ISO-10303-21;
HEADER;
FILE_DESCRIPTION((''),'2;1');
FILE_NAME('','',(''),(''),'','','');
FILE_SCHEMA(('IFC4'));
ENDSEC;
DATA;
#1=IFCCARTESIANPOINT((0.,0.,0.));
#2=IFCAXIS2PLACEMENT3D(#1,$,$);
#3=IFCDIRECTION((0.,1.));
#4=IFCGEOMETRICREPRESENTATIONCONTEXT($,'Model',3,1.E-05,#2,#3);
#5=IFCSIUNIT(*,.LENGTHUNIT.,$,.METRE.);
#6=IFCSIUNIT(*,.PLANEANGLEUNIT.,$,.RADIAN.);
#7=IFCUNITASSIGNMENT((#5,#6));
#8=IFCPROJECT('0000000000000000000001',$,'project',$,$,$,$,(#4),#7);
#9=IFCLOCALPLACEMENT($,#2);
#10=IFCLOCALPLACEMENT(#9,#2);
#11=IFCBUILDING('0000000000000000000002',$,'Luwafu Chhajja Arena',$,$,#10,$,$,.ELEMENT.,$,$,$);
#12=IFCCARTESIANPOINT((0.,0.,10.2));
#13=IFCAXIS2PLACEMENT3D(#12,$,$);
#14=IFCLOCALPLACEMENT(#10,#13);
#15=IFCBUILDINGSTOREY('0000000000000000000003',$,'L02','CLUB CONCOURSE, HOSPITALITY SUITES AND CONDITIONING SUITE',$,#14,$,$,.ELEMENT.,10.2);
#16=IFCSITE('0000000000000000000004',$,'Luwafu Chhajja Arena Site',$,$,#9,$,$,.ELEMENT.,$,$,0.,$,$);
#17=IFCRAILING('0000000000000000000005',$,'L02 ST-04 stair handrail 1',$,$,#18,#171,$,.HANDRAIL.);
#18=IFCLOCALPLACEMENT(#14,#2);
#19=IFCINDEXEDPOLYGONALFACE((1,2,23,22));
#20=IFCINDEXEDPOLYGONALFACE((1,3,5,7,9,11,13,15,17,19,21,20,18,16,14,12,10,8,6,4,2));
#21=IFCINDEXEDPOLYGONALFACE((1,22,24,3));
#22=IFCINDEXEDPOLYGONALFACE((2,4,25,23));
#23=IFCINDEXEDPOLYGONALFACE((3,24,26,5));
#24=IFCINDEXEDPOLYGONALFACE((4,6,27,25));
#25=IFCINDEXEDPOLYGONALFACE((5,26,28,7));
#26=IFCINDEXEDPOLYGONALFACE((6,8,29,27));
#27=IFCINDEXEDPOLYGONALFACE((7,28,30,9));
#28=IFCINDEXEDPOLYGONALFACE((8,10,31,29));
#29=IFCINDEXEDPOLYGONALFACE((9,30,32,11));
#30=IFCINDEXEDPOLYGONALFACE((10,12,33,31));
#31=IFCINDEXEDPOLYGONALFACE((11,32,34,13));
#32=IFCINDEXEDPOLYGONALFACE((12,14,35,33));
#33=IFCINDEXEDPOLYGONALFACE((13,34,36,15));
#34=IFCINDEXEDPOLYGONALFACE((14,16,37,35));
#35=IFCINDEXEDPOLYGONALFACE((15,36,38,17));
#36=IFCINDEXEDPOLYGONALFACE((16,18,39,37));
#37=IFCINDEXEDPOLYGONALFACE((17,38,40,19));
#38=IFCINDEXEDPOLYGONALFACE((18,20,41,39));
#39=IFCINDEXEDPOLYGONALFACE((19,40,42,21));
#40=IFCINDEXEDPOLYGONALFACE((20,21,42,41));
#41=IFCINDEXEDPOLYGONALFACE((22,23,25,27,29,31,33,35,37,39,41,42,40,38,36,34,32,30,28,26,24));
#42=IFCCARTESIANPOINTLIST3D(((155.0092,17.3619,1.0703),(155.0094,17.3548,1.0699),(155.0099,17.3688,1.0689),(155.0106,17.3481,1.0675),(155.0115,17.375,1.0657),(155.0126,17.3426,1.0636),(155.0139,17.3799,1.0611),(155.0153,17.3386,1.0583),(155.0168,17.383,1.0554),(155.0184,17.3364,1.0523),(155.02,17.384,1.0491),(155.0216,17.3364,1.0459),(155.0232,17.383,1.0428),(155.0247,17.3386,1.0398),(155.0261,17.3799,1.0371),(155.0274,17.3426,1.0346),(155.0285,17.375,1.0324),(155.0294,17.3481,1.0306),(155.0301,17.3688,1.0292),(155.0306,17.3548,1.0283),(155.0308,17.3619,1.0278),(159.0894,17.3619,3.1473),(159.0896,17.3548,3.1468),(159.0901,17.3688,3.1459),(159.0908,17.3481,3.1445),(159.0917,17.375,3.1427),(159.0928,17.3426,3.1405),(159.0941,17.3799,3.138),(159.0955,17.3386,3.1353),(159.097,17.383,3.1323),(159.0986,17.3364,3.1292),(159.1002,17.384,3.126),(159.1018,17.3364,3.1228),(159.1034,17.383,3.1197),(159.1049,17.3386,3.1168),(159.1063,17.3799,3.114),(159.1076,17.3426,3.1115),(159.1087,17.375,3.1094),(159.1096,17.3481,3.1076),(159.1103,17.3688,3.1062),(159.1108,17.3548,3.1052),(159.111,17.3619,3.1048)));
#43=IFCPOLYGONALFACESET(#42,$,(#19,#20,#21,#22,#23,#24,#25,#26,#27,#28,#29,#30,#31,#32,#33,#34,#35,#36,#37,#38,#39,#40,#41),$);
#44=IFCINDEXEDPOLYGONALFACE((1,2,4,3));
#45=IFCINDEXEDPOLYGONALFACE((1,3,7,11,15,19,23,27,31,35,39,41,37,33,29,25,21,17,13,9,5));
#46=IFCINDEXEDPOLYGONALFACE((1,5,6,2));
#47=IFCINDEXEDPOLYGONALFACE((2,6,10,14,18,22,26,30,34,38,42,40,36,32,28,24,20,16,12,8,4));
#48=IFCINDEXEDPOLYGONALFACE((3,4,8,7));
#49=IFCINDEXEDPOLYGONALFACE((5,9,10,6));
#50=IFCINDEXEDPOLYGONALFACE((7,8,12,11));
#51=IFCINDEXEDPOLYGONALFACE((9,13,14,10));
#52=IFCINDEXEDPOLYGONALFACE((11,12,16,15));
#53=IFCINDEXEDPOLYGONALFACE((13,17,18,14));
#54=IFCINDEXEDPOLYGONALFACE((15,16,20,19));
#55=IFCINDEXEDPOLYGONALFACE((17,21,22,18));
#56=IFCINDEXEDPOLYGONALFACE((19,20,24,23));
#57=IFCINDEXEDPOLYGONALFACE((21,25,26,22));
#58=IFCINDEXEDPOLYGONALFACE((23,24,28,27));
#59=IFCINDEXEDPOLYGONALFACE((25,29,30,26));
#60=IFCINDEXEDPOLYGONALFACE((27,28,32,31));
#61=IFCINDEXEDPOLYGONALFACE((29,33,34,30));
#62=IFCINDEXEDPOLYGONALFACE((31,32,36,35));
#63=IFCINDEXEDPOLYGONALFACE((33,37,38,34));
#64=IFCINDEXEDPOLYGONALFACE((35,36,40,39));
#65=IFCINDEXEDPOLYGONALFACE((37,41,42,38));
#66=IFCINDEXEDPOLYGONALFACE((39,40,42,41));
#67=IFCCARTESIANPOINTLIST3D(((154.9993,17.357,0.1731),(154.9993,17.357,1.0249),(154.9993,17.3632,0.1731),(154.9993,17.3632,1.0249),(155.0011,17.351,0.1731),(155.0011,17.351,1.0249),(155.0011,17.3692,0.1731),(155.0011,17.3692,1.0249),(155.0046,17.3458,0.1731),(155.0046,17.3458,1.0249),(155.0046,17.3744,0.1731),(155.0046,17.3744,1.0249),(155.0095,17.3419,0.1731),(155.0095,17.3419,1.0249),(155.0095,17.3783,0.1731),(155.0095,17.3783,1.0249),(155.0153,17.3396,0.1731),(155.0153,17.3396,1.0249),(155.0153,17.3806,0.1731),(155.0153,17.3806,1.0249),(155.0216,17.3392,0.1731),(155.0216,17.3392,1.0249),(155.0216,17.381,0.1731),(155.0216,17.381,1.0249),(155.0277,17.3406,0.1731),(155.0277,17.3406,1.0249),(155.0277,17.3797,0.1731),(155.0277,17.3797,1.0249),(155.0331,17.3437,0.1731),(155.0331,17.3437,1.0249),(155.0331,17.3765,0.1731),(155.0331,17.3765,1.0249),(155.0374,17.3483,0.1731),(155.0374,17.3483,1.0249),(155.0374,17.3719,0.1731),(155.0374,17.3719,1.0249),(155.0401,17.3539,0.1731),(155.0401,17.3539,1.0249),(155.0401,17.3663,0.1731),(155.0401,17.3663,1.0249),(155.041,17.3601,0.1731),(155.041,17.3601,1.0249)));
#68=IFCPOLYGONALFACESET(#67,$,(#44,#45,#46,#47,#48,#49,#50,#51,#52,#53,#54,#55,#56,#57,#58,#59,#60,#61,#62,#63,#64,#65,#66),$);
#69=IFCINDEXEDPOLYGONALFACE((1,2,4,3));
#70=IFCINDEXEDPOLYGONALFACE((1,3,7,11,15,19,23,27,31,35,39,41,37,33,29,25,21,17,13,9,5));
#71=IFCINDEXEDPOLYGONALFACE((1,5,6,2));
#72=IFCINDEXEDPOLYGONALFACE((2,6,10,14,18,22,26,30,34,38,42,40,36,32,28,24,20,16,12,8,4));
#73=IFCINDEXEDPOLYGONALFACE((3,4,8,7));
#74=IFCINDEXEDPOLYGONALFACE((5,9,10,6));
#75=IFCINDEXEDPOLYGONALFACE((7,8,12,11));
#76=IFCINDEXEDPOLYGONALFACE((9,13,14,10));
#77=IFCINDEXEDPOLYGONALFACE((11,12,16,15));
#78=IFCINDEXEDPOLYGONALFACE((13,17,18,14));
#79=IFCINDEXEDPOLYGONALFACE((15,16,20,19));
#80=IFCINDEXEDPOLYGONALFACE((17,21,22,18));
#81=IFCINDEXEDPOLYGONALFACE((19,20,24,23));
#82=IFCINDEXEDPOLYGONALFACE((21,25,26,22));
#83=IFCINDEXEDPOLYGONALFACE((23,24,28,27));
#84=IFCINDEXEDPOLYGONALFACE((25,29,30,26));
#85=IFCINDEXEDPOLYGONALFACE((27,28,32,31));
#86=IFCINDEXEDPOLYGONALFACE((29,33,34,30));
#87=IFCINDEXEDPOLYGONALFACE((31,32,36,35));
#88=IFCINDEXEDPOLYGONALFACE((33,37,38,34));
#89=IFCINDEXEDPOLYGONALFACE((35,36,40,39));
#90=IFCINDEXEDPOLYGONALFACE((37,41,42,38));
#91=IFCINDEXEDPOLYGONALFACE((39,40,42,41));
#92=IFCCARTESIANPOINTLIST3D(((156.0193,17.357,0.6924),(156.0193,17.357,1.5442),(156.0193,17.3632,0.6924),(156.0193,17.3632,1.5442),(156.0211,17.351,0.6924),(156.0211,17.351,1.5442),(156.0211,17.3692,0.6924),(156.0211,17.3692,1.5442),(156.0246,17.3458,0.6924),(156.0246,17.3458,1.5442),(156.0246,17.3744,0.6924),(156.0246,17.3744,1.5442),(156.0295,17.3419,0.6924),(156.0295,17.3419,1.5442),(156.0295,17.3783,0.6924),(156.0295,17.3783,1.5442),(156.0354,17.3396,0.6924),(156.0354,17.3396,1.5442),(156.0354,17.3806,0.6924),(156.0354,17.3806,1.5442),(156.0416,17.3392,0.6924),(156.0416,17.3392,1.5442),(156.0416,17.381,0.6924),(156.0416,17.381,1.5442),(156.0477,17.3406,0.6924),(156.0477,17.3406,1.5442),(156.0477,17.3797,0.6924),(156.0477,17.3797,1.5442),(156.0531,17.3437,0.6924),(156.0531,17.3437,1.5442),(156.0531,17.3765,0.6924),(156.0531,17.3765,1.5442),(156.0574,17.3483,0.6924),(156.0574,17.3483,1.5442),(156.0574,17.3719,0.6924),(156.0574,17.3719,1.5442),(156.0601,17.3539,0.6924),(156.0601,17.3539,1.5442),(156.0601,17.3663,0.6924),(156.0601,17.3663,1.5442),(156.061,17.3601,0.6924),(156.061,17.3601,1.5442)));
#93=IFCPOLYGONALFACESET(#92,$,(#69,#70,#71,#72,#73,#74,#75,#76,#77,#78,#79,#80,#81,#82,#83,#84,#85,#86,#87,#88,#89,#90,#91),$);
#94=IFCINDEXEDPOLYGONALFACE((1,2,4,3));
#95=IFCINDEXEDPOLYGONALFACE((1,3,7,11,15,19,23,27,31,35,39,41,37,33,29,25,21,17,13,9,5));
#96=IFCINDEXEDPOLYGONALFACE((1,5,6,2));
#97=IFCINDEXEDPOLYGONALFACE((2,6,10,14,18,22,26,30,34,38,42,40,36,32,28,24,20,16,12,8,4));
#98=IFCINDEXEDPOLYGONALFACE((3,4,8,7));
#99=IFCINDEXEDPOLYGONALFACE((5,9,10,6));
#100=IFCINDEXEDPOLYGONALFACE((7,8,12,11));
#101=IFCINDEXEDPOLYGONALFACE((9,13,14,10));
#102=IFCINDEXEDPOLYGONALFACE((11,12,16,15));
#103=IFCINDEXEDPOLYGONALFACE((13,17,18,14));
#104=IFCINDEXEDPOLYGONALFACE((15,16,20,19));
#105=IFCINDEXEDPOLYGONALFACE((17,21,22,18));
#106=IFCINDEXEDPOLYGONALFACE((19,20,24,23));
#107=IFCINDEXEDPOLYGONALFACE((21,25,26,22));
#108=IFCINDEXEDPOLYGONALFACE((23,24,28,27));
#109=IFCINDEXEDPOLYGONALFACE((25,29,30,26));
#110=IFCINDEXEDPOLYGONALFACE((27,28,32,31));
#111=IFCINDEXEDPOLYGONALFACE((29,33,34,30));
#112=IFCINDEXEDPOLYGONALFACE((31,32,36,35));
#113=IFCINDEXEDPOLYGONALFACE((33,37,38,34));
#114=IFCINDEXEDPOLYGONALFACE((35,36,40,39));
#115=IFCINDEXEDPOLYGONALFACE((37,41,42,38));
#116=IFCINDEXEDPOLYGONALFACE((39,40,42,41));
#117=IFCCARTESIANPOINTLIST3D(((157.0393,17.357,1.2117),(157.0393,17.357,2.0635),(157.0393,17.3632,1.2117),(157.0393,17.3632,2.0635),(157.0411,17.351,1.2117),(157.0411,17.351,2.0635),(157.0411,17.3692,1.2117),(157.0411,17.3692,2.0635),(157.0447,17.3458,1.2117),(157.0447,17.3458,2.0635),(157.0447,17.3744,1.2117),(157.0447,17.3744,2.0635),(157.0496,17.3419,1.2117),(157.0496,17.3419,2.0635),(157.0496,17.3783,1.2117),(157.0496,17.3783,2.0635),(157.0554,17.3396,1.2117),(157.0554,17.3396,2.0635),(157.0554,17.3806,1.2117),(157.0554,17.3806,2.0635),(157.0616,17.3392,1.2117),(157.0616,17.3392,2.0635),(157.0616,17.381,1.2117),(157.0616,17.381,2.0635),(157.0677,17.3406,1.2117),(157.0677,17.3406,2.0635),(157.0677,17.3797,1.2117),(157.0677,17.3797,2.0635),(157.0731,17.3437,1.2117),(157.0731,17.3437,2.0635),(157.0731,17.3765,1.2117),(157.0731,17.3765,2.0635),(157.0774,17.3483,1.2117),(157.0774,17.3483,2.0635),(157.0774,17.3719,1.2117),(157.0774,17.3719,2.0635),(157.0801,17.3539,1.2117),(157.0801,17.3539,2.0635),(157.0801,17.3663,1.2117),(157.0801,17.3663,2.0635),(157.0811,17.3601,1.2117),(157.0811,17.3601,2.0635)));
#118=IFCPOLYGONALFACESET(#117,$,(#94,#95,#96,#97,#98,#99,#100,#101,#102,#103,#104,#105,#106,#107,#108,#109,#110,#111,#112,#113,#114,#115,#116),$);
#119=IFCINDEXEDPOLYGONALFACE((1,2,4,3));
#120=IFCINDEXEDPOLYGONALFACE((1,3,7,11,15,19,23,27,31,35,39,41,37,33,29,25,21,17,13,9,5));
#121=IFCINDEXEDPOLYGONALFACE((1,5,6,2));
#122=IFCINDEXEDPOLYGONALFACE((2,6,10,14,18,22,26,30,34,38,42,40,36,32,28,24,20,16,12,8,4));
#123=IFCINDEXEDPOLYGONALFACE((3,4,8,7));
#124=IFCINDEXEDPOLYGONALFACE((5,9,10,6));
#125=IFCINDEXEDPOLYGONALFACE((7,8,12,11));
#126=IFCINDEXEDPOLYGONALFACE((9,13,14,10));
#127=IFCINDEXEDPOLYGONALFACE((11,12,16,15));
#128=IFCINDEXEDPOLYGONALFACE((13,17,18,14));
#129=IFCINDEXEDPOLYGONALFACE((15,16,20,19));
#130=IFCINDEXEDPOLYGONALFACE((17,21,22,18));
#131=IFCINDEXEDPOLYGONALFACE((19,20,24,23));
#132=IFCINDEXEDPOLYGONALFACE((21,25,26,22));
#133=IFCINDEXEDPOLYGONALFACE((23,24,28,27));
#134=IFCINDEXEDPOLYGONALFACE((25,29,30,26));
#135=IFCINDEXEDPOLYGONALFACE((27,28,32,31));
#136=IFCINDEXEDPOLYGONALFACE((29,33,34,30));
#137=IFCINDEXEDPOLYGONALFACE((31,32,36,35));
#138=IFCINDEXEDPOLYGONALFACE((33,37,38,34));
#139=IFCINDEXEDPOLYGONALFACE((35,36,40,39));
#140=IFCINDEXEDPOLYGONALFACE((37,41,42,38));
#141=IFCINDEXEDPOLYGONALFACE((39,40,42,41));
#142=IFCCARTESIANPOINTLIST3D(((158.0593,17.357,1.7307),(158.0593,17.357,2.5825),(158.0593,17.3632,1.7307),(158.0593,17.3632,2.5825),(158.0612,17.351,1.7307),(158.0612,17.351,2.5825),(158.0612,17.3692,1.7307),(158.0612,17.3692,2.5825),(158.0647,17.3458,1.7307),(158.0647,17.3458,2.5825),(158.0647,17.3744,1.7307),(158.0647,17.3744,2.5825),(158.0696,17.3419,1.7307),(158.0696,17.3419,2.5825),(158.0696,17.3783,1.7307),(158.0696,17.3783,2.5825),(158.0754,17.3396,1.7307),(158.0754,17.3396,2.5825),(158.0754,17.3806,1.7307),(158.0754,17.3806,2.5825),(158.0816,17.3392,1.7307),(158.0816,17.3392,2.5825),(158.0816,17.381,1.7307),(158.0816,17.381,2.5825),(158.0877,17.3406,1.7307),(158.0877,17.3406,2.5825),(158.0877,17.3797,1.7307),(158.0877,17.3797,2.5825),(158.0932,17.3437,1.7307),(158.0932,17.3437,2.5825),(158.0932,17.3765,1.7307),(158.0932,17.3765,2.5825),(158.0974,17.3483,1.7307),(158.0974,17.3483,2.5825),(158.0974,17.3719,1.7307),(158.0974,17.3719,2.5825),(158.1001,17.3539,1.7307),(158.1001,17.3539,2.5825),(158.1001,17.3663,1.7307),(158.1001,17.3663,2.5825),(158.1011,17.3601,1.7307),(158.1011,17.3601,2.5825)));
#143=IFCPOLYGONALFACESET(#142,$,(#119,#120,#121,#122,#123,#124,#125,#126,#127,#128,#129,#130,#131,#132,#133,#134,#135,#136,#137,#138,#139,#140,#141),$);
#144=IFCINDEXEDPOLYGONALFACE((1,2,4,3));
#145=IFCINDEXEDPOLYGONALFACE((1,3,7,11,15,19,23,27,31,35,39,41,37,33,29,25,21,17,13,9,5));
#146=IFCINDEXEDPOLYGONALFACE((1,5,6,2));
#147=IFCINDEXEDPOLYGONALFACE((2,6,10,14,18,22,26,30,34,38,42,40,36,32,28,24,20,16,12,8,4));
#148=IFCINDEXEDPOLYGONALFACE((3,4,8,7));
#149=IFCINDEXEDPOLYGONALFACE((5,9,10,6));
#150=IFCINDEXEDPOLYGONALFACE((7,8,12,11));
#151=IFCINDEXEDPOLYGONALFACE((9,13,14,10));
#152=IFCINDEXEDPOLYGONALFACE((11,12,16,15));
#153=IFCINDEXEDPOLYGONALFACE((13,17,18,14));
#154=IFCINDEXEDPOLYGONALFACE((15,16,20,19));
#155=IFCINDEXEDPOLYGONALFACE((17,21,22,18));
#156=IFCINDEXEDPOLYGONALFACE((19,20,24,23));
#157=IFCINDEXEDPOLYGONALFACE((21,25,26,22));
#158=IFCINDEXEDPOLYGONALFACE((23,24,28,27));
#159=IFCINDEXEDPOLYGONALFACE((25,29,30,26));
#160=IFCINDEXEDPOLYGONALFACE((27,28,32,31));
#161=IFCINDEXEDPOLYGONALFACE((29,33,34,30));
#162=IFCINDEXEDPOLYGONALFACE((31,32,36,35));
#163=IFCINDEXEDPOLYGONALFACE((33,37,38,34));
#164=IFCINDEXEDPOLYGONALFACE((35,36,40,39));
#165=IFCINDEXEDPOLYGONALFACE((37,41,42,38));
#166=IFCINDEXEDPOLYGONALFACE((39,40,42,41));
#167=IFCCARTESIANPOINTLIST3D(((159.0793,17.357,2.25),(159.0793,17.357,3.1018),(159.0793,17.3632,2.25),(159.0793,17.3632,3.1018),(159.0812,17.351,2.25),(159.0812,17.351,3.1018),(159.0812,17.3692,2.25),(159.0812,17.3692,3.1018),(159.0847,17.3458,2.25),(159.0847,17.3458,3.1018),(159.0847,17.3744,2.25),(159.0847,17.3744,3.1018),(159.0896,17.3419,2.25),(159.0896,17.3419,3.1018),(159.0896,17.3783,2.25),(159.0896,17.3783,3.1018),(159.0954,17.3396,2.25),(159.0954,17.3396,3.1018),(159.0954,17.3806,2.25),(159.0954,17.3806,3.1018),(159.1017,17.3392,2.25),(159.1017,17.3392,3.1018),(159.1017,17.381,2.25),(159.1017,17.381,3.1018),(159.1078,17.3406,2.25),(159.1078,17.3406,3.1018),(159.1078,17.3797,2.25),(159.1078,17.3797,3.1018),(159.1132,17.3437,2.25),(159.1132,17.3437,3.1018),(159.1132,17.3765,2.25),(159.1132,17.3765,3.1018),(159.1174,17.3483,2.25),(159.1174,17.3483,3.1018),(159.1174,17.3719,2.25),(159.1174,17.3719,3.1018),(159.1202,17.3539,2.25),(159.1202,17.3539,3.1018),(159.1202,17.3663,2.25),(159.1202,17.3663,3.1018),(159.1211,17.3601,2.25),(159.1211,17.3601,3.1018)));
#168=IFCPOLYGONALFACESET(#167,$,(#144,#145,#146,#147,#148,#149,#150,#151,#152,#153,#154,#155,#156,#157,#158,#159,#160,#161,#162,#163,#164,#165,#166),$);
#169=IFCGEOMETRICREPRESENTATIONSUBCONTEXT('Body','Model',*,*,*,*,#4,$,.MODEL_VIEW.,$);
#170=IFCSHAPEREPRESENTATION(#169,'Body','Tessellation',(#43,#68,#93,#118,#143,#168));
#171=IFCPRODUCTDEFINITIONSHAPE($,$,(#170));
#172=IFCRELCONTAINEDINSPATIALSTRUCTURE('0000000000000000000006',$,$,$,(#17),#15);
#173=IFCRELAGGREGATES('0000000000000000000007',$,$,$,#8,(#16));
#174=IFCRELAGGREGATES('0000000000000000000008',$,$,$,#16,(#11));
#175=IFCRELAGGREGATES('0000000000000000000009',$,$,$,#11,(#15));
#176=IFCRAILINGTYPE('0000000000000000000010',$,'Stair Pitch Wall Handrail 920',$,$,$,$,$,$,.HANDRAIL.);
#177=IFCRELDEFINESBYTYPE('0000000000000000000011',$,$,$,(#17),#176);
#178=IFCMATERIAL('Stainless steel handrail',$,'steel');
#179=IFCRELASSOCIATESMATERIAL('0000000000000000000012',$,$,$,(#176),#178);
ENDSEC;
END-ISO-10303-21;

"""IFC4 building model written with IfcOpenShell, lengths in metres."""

from ifc_helpers import new_model, si_unit, direction, frame, origin, origin_2d, place, context, subcontext, project, spatial, circle, extrude, material, type_object, element, save


model = new_model("IFC4")

# Units and contexts
model_context = context("Model", 3, precision=1e-05, world=origin(), true_north=direction((0.0, 1.0)))
body_context = subcontext(model_context, "Body", "Model", "MODEL_VIEW")
ifc_project = project(units=[si_unit("LENGTHUNIT", "METRE"), si_unit("PLANEANGLEUNIT", "RADIAN")], contexts=[model_context])

# Site, building, storey
site_placement = place(None, origin())
site = spatial("IfcSite", under=ifc_project, at=site_placement, Name="Luwafu Chhajja Arena Site", CompositionType="ELEMENT", RefElevation=0.0)
building_placement = place(site_placement, origin())
building = spatial("IfcBuilding", under=site, at=building_placement, Name="Luwafu Chhajja Arena", CompositionType="ELEMENT")
storey_placement = place(building_placement, frame((0.0, 0.0, 10.2)))
storey = spatial("IfcBuildingStorey", under=building, at=storey_placement, Name="L02", Description="CLUB CONCOURSE, HOSPITALITY SUITES AND CONDITIONING SUITE", CompositionType="ELEMENT", Elevation=10.2)

# Railing
ifc_material_1 = material(Name="Stainless steel handrail", Category="steel")
railing_type_1 = type_object("IfcRailingType", Name="Stair Pitch Wall Handrail 920", PredefinedType="HANDRAIL", material=ifc_material_1)
railing_1_placement = place(storey_placement, frame((155.02, 17.3601, 0.1731)))
element("IfcRailing", 1, at=railing_1_placement, inside=storey, type_object=railing_type_1, Name="L02 ST-04 stair handrail 1", PredefinedType="HANDRAIL", context=body_context, shape_type="SweptSolid", body=[
    extrude(circle(Radius=0.0239, at=origin_2d()), frame((0.0, 0.0, 0.876), z_axis=(0.891183, 0.0, 0.453644), x_axis=(0.0, 1.0, 0.0)), (0.0, 0.0, 1.0), 4.5784),
    extrude(circle(Radius=0.021, at=origin_2d()), origin(), (0.0, 0.0, 1.0), 0.8518),
    extrude(circle(Radius=0.021, at=origin_2d()), frame((1.02, 0.0, 0.5193)), (0.0, 0.0, 1.0), 0.8518),
    extrude(circle(Radius=0.021, at=origin_2d()), frame((2.04, 0.0, 1.0386)), (0.0, 0.0, 1.0), 0.8518),
    extrude(circle(Radius=0.021, at=origin_2d()), frame((3.0601, 0.0, 1.5576)), (0.0, 0.0, 1.0), 0.8518),
    extrude(circle(Radius=0.021, at=origin_2d()), frame((4.0801, 0.0, 2.0769)), (0.0, 0.0, 1.0), 0.8518),
])

save(model, "model.ifc")
